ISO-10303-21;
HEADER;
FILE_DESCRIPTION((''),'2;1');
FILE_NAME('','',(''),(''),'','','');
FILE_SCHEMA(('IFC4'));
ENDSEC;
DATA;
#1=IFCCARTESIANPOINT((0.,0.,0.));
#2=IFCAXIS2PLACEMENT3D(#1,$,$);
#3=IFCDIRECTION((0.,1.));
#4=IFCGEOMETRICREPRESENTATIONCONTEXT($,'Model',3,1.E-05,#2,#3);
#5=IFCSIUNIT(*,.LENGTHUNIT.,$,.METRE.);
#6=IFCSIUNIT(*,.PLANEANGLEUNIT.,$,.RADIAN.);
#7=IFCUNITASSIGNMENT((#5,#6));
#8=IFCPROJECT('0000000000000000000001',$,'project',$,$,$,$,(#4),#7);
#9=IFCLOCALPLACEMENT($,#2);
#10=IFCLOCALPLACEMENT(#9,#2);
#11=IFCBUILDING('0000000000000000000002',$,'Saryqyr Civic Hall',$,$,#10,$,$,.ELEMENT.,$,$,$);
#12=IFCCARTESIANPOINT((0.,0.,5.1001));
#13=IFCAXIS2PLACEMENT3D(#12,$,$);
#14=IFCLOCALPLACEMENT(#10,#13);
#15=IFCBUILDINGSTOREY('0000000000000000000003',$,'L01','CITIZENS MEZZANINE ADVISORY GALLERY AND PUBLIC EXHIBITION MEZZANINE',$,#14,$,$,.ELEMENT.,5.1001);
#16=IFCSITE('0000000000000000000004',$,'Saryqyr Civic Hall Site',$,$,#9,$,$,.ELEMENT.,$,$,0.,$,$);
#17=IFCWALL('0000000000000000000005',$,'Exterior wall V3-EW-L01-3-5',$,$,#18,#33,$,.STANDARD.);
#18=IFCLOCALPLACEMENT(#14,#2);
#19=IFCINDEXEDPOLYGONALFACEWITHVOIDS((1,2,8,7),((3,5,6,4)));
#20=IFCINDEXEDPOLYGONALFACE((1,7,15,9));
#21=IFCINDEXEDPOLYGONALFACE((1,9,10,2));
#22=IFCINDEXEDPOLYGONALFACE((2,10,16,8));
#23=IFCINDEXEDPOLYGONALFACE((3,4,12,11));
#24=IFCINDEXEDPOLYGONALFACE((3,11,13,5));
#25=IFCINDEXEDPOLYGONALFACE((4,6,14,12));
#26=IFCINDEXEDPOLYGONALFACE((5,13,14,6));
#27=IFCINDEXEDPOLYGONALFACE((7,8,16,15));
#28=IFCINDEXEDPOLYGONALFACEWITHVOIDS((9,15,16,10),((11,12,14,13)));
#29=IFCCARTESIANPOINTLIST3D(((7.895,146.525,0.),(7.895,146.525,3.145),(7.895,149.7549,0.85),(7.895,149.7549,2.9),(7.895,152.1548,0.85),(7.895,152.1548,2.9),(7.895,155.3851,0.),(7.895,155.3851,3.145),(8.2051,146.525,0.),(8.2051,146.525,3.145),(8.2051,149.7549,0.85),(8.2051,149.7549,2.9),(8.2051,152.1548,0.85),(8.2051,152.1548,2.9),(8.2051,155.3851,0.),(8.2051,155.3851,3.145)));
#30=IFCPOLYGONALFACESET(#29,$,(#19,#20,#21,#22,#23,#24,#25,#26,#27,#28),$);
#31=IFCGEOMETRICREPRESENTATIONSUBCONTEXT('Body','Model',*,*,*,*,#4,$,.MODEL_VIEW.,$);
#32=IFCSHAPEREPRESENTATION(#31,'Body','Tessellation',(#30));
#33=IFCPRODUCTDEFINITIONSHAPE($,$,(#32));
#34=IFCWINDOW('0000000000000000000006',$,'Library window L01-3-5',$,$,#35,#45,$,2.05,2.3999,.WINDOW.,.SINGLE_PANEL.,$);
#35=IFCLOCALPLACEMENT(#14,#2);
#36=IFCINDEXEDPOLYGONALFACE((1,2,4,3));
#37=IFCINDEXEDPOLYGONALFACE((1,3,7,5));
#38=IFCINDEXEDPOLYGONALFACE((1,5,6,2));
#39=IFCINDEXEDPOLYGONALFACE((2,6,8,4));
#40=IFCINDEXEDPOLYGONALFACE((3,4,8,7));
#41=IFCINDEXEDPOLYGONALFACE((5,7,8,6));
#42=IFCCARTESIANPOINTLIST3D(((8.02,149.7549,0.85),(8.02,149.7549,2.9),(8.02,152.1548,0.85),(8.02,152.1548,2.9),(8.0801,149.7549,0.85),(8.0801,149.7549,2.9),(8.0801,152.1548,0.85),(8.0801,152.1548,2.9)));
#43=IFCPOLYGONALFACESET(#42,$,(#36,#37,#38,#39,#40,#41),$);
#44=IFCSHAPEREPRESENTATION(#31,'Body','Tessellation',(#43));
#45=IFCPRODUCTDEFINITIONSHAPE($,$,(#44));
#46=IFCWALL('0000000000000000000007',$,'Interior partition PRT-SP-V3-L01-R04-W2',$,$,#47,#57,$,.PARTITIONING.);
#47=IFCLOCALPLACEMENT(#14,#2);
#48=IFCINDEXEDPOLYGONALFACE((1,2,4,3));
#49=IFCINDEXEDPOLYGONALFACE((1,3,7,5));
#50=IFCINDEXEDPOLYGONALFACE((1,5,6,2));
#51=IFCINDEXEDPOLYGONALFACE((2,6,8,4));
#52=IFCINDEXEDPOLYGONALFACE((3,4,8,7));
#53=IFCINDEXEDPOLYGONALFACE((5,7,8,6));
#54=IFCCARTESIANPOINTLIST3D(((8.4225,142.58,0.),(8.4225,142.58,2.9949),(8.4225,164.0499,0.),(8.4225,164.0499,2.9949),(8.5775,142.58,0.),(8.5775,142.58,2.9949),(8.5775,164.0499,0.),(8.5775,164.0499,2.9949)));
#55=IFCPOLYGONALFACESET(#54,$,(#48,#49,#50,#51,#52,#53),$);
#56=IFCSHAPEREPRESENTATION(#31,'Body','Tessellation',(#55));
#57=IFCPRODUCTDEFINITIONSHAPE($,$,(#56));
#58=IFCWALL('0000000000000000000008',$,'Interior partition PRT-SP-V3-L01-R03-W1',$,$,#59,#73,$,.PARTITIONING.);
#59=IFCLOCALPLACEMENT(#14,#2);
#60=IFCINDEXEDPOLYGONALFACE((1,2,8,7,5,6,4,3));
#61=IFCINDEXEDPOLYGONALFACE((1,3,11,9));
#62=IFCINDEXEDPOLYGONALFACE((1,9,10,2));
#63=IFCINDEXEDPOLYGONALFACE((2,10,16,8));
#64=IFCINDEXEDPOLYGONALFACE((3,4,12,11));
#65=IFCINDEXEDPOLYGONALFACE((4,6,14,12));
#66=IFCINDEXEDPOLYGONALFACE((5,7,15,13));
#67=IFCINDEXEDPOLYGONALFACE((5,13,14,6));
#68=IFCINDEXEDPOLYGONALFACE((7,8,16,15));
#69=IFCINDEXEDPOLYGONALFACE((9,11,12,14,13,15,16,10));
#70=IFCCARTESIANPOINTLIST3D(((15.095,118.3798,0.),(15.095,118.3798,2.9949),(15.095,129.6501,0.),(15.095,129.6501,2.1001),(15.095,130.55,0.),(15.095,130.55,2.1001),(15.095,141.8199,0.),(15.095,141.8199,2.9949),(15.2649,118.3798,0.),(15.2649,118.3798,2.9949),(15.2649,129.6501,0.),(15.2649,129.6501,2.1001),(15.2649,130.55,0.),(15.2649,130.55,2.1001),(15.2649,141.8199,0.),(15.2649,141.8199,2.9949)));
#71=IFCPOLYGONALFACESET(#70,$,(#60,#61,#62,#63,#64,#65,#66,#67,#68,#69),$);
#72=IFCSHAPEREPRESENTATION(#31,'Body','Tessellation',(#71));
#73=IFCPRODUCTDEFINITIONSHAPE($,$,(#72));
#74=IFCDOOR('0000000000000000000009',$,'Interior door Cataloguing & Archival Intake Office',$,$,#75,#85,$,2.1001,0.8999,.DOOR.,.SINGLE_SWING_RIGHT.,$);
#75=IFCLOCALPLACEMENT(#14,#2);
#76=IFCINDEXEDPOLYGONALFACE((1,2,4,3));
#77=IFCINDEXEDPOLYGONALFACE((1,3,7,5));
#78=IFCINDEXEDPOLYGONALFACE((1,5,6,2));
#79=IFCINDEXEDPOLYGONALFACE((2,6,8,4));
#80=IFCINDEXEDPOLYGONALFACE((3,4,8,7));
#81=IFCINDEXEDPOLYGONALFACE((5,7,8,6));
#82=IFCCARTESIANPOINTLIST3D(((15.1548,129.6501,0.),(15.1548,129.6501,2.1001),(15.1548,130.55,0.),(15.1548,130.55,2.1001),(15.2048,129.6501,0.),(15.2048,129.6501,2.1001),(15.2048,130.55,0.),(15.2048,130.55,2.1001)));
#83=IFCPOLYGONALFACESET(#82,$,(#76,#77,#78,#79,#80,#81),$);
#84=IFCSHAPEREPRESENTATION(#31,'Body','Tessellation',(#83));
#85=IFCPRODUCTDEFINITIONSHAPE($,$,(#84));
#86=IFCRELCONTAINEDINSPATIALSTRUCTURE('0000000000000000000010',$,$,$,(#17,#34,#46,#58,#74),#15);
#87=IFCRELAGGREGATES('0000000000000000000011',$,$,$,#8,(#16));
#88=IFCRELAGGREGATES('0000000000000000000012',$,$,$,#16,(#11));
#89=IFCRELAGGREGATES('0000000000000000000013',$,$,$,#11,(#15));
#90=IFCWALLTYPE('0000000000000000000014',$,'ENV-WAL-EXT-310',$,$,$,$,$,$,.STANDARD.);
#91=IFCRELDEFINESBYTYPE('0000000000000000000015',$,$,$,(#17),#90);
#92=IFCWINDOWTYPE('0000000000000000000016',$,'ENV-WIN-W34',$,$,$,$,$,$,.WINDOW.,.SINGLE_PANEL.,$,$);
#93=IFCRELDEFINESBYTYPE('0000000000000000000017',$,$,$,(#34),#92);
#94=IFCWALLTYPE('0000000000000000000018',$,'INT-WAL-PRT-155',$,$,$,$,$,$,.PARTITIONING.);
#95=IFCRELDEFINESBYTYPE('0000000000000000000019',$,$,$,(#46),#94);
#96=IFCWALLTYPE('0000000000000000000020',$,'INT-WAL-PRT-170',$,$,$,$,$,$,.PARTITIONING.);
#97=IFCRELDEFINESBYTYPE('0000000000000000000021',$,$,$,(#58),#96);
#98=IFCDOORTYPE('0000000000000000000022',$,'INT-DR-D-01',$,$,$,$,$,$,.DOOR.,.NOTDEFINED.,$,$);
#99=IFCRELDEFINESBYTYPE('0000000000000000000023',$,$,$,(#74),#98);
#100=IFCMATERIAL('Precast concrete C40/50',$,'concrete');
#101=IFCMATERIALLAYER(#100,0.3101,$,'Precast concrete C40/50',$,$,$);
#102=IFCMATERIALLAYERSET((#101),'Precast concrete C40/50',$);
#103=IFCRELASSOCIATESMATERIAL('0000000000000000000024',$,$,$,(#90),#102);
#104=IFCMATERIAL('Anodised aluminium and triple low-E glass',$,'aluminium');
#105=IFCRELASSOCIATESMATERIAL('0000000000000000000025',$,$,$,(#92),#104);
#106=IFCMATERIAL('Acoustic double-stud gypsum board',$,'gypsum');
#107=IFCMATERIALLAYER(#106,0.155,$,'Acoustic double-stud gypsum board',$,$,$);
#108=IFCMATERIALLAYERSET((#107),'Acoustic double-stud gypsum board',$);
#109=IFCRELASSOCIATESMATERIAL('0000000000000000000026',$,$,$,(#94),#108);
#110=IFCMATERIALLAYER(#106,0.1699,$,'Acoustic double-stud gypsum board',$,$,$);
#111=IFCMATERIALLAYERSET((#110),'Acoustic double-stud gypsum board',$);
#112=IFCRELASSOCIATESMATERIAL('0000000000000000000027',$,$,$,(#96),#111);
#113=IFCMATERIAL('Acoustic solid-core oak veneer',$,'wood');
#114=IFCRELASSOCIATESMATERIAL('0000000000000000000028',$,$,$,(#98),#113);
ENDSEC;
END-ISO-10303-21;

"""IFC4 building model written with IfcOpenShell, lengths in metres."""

from ifc_helpers import new_model, si_unit, direction, frame, frame_2d, origin, place, context, subcontext, project, spatial, rectangle, extrude, material, layer, layer_set, type_object, element, fill, save


model = new_model("IFC4")

# Units and contexts
model_context = context("Model", 3, precision=1e-05, world=origin(), true_north=direction((0.0, 1.0)))
body_context = subcontext(model_context, "Body", "Model", "MODEL_VIEW")
ifc_project = project(units=[si_unit("LENGTHUNIT", "METRE"), si_unit("PLANEANGLEUNIT", "RADIAN")], contexts=[model_context])

# Site, building, storey
site_placement = place(None, origin())
site = spatial("IfcSite", under=ifc_project, at=site_placement, Name="Saryqyr Civic Hall Site", CompositionType="ELEMENT", RefElevation=0.0)
building_placement = place(site_placement, origin())
building = spatial("IfcBuilding", under=site, at=building_placement, Name="Saryqyr Civic Hall", CompositionType="ELEMENT")
storey_placement = place(building_placement, frame((0.0, 0.0, 5.1001)))
storey = spatial("IfcBuildingStorey", under=building, at=storey_placement, Name="L01", Description="CITIZENS MEZZANINE ADVISORY GALLERY AND PUBLIC EXHIBITION MEZZANINE", CompositionType="ELEMENT", Elevation=5.1001)

# Wall, opening, window
ifc_material_1 = material(Name="Precast concrete C40/50", Category="concrete")
ifc_layer_1 = layer(ifc_material_1, 0.3101, Name="Precast concrete C40/50")
ifc_layer_set_1 = layer_set([ifc_layer_1], Name="Precast concrete C40/50")
wall_type_1 = type_object("IfcWallType", Name="ENV-WAL-EXT-310", PredefinedType="STANDARD", material=ifc_layer_set_1)
ifc_material_2 = material(Name="Anodised aluminium and triple low-E glass", Category="aluminium")
wall_1_placement = place(storey_placement, frame((8.05, 146.5249, 0.0), z_axis=(0.0, 0.0, 1.0), x_axis=(0.0, 1.0, 0.0)))
wall_1 = element("IfcWall", 1, at=wall_1_placement, inside=storey, type_object=wall_type_1, Name="Exterior wall V3-EW-L01-3-5", PredefinedType="STANDARD", context=body_context, shape_type="SweptSolid", body=[
    extrude(rectangle(XDim=8.8601, YDim=0.3101, at=frame_2d((4.4302, 0.0))), origin(), (0.0, 0.0, 1.0), 3.145),
])
opening_1_placement = place(wall_1_placement, frame((3.23, 0.0, 0.8501)))
opening_1 = element("IfcOpeningElement", 2, at=opening_1_placement, cuts=wall_1, PredefinedType="OPENING", context=body_context, shape_type="SweptSolid", body=[
    extrude(rectangle(XDim=2.3999, YDim=2.05, at=frame_2d((1.2, 1.0249))), frame((0.0, 0.165, 0.0), z_axis=(0.0, -1.0, 0.0), x_axis=(1.0, 0.0, 0.0)), (0.0, 0.0, 1.0), 0.3301),
])
window_type_1 = type_object("IfcWindowType", Name="ENV-WIN-W34", PartitioningType="SINGLE_PANEL", PredefinedType="WINDOW", material=ifc_material_2)
window_1_placement = place(opening_1_placement, origin())
window_1 = element("IfcWindow", 3, at=window_1_placement, inside=storey, type_object=window_type_1, Name="Library window L01-3-5", OverallHeight=2.05, OverallWidth=2.3999, PartitioningType="SINGLE_PANEL", PredefinedType="WINDOW", context=body_context, shape_type="SweptSolid", body=[
    extrude(rectangle(XDim=2.3999, YDim=2.05, at=frame_2d((1.2, 1.0249))), frame((0.0, 0.03, 0.0), z_axis=(0.0, -1.0, 0.0), x_axis=(1.0, 0.0, 0.0)), (0.0, 0.0, 1.0), 0.0601),
])
fill(opening_1, window_1)

# Wall
ifc_material_3 = material(Name="Acoustic double-stud gypsum board", Category="gypsum")
ifc_layer_2 = layer(ifc_material_3, 0.155, Name="Acoustic double-stud gypsum board")
ifc_layer_set_2 = layer_set([ifc_layer_2], Name="Acoustic double-stud gypsum board")
wall_type_2 = type_object("IfcWallType", Name="INT-WAL-PRT-155", PredefinedType="PARTITIONING", material=ifc_layer_set_2)
wall_2_placement = place(storey_placement, frame((8.5, 142.5801, 0.0), z_axis=(0.0, 0.0, 1.0), x_axis=(0.0, 1.0, 0.0)))
element("IfcWall", 4, at=wall_2_placement, inside=storey, type_object=wall_type_2, Name="Interior partition PRT-SP-V3-L01-R04-W2", PredefinedType="PARTITIONING", context=body_context, shape_type="SweptSolid", body=[
    extrude(rectangle(XDim=21.47, YDim=0.155, at=frame_2d((10.7349, 0.0))), origin(), (0.0, 0.0, 1.0), 2.9949),
])

# Wall, opening, door
ifc_layer_3 = layer(ifc_material_3, 0.1699, Name="Acoustic double-stud gypsum board")
ifc_layer_set_3 = layer_set([ifc_layer_3], Name="Acoustic double-stud gypsum board")
wall_type_3 = type_object("IfcWallType", Name="INT-WAL-PRT-170", PredefinedType="PARTITIONING", material=ifc_layer_set_3)
wall_3_placement = place(storey_placement, frame((15.1799, 141.8201, 0.0), z_axis=(0.0, 0.0, 1.0), x_axis=(0.0, -1.0, 0.0)))
wall_3 = element("IfcWall", 5, at=wall_3_placement, inside=storey, type_object=wall_type_3, Name="Interior partition PRT-SP-V3-L01-R03-W1", PredefinedType="PARTITIONING", context=body_context, shape_type="SweptSolid", body=[
    extrude(rectangle(XDim=23.4402, YDim=0.1699, at=frame_2d((11.7202, 0.0))), origin(), (0.0, 0.0, 1.0), 2.9949),
])
opening_2_placement = place(wall_3_placement, frame((11.27, 0.0, 0.0)))
opening_2 = element("IfcOpeningElement", 6, at=opening_2_placement, cuts=wall_3, PredefinedType="OPENING", context=body_context, shape_type="SweptSolid", body=[
    extrude(rectangle(XDim=0.8999, YDim=2.1001, at=frame_2d((0.45, 1.05))), frame((0.0, 0.095, 0.0), z_axis=(0.0, -1.0, 0.0), x_axis=(1.0, 0.0, 0.0)), (0.0, 0.0, 1.0), 0.1899),
])
ifc_material_4 = material(Name="Acoustic solid-core oak veneer", Category="wood")
door_type = type_object("IfcDoorType", Name="INT-DR-D-01", OperationType="NOTDEFINED", PredefinedType="DOOR", material=ifc_material_4)
door_placement = place(opening_2_placement, origin())
door = element("IfcDoor", 7, at=door_placement, inside=storey, type_object=door_type, Name="Interior door Cataloguing & Archival Intake Office", OperationType="SINGLE_SWING_RIGHT", OverallHeight=2.1001, OverallWidth=0.8999, PredefinedType="DOOR", context=body_context, shape_type="SweptSolid", body=[
    extrude(rectangle(XDim=0.8999, YDim=2.1001, at=frame_2d((0.45, 1.05))), frame((0.0, 0.0249, 0.0), z_axis=(0.0, -1.0, 0.0), x_axis=(1.0, 0.0, 0.0)), (0.0, 0.0, 1.0), 0.05),
])
fill(opening_2, door)

save(model, "model.ifc")
